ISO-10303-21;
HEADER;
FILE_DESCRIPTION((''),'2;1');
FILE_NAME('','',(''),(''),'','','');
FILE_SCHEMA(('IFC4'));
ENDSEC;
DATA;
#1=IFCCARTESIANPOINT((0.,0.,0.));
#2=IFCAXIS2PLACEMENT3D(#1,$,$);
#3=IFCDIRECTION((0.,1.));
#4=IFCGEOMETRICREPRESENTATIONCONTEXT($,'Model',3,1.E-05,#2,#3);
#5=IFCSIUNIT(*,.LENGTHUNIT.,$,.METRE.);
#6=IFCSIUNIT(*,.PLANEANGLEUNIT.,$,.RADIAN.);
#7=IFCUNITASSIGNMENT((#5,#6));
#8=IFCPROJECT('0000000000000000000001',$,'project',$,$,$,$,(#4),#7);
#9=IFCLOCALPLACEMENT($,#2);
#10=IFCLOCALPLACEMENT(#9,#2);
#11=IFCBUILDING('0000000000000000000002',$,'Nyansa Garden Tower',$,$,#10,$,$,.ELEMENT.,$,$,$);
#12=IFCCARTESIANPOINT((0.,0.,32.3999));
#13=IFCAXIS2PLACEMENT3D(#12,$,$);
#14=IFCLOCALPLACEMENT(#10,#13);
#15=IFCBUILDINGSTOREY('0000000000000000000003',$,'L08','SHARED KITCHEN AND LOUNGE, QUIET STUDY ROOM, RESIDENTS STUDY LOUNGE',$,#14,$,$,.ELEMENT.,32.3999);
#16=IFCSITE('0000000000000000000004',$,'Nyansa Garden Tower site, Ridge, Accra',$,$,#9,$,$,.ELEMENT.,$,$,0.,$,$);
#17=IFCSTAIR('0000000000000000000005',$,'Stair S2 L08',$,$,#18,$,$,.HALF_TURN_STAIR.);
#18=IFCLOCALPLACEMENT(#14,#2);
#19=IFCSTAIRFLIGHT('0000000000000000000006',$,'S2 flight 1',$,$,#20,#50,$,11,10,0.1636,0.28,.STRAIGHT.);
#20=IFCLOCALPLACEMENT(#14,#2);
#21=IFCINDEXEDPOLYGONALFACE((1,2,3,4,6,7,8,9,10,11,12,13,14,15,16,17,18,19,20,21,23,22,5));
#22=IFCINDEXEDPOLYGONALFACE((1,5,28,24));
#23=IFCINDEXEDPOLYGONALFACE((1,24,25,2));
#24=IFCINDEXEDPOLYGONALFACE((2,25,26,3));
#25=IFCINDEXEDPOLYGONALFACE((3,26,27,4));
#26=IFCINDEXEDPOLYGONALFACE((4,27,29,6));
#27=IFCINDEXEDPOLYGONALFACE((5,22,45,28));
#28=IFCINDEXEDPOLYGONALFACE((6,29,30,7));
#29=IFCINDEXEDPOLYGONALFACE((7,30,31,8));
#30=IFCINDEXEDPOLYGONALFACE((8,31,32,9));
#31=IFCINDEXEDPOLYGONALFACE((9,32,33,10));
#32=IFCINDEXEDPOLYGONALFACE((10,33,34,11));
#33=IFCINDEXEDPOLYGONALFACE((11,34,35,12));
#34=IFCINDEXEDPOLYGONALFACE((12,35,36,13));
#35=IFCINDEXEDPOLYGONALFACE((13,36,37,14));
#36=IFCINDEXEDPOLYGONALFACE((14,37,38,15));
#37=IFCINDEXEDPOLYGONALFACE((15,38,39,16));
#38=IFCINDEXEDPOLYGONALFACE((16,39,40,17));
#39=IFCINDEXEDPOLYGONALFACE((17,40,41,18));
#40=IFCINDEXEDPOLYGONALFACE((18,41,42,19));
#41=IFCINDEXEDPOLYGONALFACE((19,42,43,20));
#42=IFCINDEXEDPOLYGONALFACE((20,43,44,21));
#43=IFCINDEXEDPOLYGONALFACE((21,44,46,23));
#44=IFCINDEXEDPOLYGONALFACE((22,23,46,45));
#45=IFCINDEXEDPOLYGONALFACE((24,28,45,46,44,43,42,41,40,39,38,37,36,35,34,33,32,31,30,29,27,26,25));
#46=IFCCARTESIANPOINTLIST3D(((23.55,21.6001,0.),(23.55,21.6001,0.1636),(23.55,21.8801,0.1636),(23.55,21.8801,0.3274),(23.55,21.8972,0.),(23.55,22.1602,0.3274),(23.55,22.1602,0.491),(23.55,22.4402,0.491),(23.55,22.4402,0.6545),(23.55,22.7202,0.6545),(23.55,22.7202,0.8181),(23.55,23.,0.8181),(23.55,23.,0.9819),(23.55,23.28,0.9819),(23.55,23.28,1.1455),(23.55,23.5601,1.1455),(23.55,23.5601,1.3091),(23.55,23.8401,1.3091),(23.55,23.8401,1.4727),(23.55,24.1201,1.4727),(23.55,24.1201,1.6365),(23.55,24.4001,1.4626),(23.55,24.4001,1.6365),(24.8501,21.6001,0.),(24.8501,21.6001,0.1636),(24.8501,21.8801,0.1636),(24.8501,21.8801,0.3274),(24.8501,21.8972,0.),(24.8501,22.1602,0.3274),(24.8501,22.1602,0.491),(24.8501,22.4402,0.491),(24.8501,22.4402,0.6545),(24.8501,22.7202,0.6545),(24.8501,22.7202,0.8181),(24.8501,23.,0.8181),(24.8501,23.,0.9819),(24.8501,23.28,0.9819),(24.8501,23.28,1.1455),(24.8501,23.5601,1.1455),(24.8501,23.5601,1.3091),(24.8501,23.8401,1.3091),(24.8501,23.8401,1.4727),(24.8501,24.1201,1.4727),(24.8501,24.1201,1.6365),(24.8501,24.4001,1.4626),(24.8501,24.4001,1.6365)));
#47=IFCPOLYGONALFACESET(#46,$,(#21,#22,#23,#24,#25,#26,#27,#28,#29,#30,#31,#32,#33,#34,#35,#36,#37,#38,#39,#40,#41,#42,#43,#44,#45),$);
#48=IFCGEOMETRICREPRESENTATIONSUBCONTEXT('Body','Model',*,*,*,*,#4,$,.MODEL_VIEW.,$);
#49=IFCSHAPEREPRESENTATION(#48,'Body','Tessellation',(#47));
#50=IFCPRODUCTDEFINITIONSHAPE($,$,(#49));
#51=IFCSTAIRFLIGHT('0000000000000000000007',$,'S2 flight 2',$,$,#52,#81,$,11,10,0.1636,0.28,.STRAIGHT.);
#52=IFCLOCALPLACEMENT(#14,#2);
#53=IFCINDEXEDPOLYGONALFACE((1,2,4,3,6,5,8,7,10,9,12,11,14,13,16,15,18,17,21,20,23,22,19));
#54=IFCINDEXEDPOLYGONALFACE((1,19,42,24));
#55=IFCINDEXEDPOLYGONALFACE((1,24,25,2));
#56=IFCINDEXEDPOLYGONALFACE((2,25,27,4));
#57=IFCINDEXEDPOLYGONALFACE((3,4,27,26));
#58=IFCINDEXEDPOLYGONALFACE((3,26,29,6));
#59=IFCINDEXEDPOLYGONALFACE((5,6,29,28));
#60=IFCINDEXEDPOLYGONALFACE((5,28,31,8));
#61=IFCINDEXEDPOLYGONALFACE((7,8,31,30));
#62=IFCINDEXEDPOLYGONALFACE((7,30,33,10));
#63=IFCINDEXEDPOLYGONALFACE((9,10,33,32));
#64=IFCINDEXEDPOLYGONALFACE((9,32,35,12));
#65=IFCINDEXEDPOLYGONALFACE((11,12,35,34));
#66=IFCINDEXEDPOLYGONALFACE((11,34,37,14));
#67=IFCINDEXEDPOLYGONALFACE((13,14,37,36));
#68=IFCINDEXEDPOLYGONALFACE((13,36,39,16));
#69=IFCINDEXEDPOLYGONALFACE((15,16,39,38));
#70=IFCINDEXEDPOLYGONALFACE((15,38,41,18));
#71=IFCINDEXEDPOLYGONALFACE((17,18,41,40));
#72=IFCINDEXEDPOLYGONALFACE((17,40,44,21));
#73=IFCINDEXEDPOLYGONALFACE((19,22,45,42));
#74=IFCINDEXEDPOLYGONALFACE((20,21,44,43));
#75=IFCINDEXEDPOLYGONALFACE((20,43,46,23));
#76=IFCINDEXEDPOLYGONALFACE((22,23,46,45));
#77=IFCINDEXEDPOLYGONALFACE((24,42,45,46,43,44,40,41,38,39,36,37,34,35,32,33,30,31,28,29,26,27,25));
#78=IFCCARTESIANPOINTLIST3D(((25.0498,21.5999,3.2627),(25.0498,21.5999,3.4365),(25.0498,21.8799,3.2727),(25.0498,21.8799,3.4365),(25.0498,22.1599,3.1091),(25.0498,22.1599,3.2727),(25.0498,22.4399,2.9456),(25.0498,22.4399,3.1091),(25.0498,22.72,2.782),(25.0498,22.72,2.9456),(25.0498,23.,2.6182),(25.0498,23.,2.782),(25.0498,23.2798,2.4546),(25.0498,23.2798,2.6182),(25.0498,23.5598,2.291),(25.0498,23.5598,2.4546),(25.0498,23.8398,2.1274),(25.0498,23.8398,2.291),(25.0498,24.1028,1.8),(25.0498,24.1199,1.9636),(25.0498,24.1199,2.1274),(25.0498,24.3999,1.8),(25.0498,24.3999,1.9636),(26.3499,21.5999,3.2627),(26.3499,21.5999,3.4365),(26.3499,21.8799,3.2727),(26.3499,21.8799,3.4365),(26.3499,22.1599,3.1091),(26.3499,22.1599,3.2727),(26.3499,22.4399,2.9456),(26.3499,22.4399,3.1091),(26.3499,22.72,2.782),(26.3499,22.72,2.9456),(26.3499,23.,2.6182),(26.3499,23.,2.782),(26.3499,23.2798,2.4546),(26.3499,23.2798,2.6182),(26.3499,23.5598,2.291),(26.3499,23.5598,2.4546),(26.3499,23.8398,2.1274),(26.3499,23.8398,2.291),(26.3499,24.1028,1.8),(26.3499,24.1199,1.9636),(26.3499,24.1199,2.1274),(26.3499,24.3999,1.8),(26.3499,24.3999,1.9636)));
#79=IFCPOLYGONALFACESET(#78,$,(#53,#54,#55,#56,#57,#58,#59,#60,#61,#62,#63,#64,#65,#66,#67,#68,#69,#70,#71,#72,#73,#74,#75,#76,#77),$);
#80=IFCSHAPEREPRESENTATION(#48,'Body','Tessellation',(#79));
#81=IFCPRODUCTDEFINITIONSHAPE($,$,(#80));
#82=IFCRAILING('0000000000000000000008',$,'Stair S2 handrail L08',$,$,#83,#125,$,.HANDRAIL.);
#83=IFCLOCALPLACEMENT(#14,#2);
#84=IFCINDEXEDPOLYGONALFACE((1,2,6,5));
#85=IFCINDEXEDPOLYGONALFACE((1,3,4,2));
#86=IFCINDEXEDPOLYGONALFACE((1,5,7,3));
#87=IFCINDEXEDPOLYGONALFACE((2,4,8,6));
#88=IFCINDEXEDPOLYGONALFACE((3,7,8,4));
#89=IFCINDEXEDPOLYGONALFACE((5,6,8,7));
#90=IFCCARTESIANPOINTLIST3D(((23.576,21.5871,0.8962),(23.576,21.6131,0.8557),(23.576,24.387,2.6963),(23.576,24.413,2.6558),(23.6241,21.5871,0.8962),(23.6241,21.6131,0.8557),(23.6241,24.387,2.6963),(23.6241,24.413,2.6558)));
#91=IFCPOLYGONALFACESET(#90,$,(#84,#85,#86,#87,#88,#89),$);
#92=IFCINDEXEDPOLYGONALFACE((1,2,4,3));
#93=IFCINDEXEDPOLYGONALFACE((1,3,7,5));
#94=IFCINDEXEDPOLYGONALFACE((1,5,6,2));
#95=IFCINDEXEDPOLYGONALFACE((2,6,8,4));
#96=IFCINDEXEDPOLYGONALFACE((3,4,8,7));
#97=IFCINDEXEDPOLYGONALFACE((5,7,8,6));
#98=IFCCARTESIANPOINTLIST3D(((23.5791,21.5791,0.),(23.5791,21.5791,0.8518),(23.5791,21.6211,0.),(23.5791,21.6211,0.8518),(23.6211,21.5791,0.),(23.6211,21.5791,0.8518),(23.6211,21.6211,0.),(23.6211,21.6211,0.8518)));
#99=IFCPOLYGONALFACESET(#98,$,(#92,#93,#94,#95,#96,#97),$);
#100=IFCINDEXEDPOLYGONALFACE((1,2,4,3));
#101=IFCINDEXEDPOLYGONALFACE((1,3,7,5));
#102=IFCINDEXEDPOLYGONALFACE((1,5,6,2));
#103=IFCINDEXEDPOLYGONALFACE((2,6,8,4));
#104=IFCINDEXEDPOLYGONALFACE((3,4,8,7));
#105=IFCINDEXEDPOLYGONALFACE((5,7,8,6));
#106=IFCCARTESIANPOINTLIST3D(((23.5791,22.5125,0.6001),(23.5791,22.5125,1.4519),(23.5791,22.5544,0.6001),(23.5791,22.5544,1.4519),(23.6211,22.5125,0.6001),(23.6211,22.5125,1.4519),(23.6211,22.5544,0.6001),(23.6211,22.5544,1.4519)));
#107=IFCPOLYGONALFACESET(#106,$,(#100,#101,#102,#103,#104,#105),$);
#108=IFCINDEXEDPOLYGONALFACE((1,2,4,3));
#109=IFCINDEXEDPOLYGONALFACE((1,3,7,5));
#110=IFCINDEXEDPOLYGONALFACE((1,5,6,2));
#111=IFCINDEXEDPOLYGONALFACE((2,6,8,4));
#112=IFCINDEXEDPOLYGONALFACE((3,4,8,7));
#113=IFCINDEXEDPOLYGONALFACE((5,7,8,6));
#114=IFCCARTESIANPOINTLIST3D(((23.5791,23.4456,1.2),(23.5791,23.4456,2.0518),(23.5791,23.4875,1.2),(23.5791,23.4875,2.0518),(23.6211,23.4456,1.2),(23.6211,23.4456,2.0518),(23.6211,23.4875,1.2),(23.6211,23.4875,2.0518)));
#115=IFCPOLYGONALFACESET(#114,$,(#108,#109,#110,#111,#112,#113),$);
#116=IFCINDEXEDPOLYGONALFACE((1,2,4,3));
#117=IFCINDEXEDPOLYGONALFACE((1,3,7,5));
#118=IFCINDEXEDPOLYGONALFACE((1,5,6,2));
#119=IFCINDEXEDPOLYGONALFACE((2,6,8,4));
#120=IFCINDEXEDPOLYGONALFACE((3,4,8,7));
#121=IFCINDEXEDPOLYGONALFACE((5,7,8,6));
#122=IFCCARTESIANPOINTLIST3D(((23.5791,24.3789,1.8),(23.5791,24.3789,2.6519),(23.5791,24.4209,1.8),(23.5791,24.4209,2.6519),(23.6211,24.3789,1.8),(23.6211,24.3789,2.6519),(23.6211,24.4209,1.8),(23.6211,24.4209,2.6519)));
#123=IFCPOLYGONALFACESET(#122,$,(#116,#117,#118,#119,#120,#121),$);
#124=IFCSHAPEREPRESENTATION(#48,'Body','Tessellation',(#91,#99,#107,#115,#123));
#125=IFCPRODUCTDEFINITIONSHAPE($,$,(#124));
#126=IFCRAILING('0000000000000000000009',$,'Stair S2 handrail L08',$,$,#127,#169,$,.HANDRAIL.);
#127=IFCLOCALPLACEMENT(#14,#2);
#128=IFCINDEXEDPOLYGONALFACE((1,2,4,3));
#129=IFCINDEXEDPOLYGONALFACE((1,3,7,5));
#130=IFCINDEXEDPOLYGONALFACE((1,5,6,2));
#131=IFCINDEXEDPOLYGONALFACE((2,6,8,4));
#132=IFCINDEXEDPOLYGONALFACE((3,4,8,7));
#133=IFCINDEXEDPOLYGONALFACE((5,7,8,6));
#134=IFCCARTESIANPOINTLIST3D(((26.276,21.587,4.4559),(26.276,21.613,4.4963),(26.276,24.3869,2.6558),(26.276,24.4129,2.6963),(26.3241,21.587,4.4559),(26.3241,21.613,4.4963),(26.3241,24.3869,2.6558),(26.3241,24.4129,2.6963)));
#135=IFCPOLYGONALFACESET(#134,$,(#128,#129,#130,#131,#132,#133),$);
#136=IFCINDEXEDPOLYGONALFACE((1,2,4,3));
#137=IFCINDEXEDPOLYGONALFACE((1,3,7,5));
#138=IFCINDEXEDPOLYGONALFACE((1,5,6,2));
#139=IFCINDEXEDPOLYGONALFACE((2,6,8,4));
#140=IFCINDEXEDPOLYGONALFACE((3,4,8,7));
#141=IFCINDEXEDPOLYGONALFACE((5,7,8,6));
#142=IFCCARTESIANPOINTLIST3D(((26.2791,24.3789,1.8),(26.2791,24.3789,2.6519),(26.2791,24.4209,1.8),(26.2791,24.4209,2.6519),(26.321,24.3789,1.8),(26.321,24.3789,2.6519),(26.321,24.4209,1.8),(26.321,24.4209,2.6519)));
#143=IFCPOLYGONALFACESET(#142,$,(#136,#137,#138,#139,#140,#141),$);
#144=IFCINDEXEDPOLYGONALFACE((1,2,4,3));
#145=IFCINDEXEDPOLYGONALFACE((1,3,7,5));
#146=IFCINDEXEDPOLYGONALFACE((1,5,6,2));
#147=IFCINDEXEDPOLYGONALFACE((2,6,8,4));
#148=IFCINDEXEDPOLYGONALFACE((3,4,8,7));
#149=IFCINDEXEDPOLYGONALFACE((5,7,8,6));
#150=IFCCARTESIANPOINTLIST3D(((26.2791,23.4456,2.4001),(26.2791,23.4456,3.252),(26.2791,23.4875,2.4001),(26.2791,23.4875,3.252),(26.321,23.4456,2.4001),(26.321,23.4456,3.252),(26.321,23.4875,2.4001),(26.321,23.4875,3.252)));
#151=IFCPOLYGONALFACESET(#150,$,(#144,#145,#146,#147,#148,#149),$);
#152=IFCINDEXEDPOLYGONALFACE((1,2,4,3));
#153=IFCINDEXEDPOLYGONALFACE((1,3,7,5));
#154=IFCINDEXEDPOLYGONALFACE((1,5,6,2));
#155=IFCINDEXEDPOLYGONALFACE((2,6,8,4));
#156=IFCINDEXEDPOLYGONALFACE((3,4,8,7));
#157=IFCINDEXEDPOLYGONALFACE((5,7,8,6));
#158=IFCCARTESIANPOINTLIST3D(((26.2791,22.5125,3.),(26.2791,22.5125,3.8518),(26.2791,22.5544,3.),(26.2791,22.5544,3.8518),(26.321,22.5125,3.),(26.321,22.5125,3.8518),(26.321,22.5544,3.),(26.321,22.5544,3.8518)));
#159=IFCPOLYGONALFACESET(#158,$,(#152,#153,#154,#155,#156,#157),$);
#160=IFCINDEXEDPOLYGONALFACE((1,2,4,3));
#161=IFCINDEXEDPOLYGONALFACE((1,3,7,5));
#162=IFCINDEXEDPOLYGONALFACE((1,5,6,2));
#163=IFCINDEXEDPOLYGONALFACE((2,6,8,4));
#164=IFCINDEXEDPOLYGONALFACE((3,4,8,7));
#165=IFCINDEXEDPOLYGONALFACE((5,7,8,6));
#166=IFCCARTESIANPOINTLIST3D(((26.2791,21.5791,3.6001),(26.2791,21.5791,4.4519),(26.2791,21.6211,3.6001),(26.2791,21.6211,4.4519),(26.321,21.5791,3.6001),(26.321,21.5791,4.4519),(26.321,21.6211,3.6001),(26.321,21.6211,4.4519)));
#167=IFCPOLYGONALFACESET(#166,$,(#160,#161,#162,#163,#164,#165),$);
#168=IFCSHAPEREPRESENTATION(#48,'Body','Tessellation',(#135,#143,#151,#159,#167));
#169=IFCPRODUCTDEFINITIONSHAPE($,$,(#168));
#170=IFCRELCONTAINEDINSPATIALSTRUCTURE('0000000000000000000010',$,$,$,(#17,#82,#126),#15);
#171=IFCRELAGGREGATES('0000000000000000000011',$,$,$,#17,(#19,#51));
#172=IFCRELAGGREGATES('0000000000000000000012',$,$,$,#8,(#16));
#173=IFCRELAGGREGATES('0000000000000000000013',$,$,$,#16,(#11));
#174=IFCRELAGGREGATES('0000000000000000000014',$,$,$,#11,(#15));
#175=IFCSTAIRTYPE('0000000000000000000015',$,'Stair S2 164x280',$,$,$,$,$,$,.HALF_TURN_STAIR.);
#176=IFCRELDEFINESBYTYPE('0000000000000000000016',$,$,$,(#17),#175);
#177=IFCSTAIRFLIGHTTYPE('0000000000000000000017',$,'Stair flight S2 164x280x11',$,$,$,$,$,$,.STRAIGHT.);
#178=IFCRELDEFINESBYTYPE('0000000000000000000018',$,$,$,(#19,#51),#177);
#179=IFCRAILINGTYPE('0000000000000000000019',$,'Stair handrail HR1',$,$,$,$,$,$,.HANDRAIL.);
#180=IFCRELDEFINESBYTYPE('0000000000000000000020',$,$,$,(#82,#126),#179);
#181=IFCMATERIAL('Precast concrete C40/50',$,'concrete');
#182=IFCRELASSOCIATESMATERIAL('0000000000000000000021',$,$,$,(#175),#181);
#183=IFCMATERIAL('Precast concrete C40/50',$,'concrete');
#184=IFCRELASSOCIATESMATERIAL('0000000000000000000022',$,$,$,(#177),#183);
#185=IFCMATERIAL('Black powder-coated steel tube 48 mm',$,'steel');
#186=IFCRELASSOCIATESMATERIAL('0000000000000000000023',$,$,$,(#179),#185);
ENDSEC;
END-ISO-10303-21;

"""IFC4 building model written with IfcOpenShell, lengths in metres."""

from ifc_helpers import new_model, si_unit, direction, frame, origin, origin_2d, place, context, subcontext, project, spatial, polyline, rectangle, outline, extrude, material, type_object, element, aggregate, save


model = new_model("IFC4")

# Units and contexts
model_context = context("Model", 3, precision=1e-05, world=origin(), true_north=direction((0.0, 1.0)))
body_context = subcontext(model_context, "Body", "Model", "MODEL_VIEW")
ifc_project = project(units=[si_unit("LENGTHUNIT", "METRE"), si_unit("PLANEANGLEUNIT", "RADIAN")], contexts=[model_context])

# Site, building, storey
site_placement = place(None, origin())
site = spatial("IfcSite", under=ifc_project, at=site_placement, Name="Nyansa Garden Tower site, Ridge, Accra", CompositionType="ELEMENT", RefElevation=0.0)
building_placement = place(site_placement, origin())
building = spatial("IfcBuilding", under=site, at=building_placement, Name="Nyansa Garden Tower", CompositionType="ELEMENT")
storey_placement = place(building_placement, frame((0.0, 0.0, 32.3999)))
storey = spatial("IfcBuildingStorey", under=building, at=storey_placement, Name="L08", Description="SHARED KITCHEN AND LOUNGE, QUIET STUDY ROOM, RESIDENTS STUDY LOUNGE", CompositionType="ELEMENT", Elevation=32.3999)

# Stair, stair flights
ifc_material_1 = material(Name="Precast concrete C40/50", Category="concrete")
stair_type = type_object("IfcStairType", Name="Stair S2 164x280", PredefinedType="HALF_TURN_STAIR", material=ifc_material_1)
stair_placement = place(storey_placement, origin())
stair = element("IfcStair", 1, at=stair_placement, inside=storey, type_object=stair_type, Name="Stair S2 L08", PredefinedType="HALF_TURN_STAIR")
ifc_material_2 = material(Name="Precast concrete C40/50", Category="concrete")
stair_flight_type = type_object("IfcStairFlightType", Name="Stair flight S2 164x280x11", PredefinedType="STRAIGHT", material=ifc_material_2)
stair_flight_1_placement = place(storey_placement, frame((24.2, 21.6001, 0.0), z_axis=(0.0, 0.0, 1.0), x_axis=(0.0, 1.0, 0.0)))
stair_flight_1 = element("IfcStairFlight", 2, at=stair_flight_1_placement, type_object=stair_flight_type, Name="S2 flight 1", NumberOfRisers=11, NumberOfTreads=10, PredefinedType="STRAIGHT", RiserHeight=0.1636, TreadLength=0.28, context=body_context, shape_type="SweptSolid", body=[
    extrude(outline(polyline([(0.0, 0.0), (0.0, 0.1636), (0.28, 0.1636), (0.28, 0.3274), (0.5601, 0.3274), (0.5601, 0.491), (0.8401, 0.491), (0.8401, 0.6545), (1.1201, 0.6545), (1.1201, 0.8181), (1.3999, 0.8181), (1.3999, 0.9819), (1.6799, 0.9819), (1.6799, 1.1455), (1.96, 1.1455), (1.96, 1.3091), (2.24, 1.3091), (2.24, 1.4727), (2.52, 1.4727), (2.52, 1.6365), (2.8, 1.6365), (2.8, 1.8), (2.8, 1.4626), (0.2971, 0.0), (0.0, 0.0)])), frame((0.0, 0.6499, 0.0), z_axis=(0.0, -1.0, 0.0), x_axis=(1.0, 0.0, 0.0)), (0.0, 0.0, 1.0), 1.3),
])
stair_flight_2_placement = place(storey_placement, frame((25.7, 24.3999, 1.8), z_axis=(0.0, 0.0, 1.0), x_axis=(0.0, -1.0, 0.0)))
stair_flight_2 = element("IfcStairFlight", 3, at=stair_flight_2_placement, type_object=stair_flight_type, Name="S2 flight 2", NumberOfRisers=11, NumberOfTreads=10, PredefinedType="STRAIGHT", RiserHeight=0.1636, TreadLength=0.28, context=body_context, shape_type="SweptSolid", body=[
    extrude(outline(polyline([(0.0, 0.0), (0.0, 0.1636), (0.28, 0.1636), (0.28, 0.3274), (0.5601, 0.3274), (0.5601, 0.491), (0.8401, 0.491), (0.8401, 0.6545), (1.1201, 0.6545), (1.1201, 0.8181), (1.3999, 0.8181), (1.3999, 0.9819), (1.6799, 0.9819), (1.6799, 1.1455), (1.96, 1.1455), (1.96, 1.3091), (2.24, 1.3091), (2.24, 1.4727), (2.52, 1.4727), (2.52, 1.6365), (2.8, 1.6365), (2.8, 1.8), (2.8, 1.4626), (0.2971, 0.0), (0.0, 0.0)])), frame((0.0, 0.6499, 0.0), z_axis=(0.0, -1.0, 0.0), x_axis=(1.0, 0.0, 0.0)), (0.0, 0.0, 1.0), 1.3),
])
aggregate(stair, [stair_flight_1, stair_flight_2])

# Railings
ifc_material_3 = material(Name="Black powder-coated steel tube 48 mm", Category="steel")
railing_type = type_object("IfcRailingType", Name="Stair handrail HR1", PredefinedType="HANDRAIL", material=ifc_material_3)
railing_1_placement = place(storey_placement, frame((23.6001, 21.6001, 0.0)))
element("IfcRailing", 4, at=railing_1_placement, inside=storey, type_object=railing_type, Name="Stair S2 handrail L08", PredefinedType="HANDRAIL", context=body_context, shape_type="SweptSolid", body=[
    extrude(rectangle(XDim=0.0481, YDim=0.0481, at=origin_2d()), frame((0.0, 0.0, 0.876), z_axis=(0.0, 0.841155, 0.540795), x_axis=(-1.0, 0.0, 0.0)), (0.0, 0.0, 1.0), 3.3286),
    extrude(rectangle(XDim=0.042, YDim=0.042, at=origin_2d()), origin(), (0.0, 0.0, 1.0), 0.8518),
    extrude(rectangle(XDim=0.042, YDim=0.042, at=origin_2d()), frame((0.0, 0.9333, 0.6001)), (0.0, 0.0, 1.0), 0.8518),
    extrude(rectangle(XDim=0.042, YDim=0.042, at=origin_2d()), frame((0.0, 1.8665, 1.2)), (0.0, 0.0, 1.0), 0.8518),
    extrude(rectangle(XDim=0.042, YDim=0.042, at=origin_2d()), frame((0.0, 2.7998, 1.8)), (0.0, 0.0, 1.0), 0.8518),
])
railing_2_placement = place(storey_placement, frame((26.3, 24.3999, 1.8)))
element("IfcRailing", 5, at=railing_2_placement, inside=storey, type_object=railing_type, Name="Stair S2 handrail L08", PredefinedType="HANDRAIL", context=body_context, shape_type="SweptSolid", body=[
    extrude(rectangle(XDim=0.0481, YDim=0.0481, at=origin_2d()), frame((0.0, 0.0, 0.876), z_axis=(0.0, -0.841155, 0.540795), x_axis=(1.0, 0.0, 0.0)), (0.0, 0.0, 1.0), 3.3286),
    extrude(rectangle(XDim=0.042, YDim=0.042, at=origin_2d()), origin(), (0.0, 0.0, 1.0), 0.8518),
    extrude(rectangle(XDim=0.042, YDim=0.042, at=origin_2d()), frame((0.0, -0.9333, 0.6001)), (0.0, 0.0, 1.0), 0.8518),
    extrude(rectangle(XDim=0.042, YDim=0.042, at=origin_2d()), frame((0.0, -1.8665, 1.2)), (0.0, 0.0, 1.0), 0.8518),
    extrude(rectangle(XDim=0.042, YDim=0.042, at=origin_2d()), frame((0.0, -2.7998, 1.8)), (0.0, 0.0, 1.0), 0.8518),
])

save(model, "model.ifc")
